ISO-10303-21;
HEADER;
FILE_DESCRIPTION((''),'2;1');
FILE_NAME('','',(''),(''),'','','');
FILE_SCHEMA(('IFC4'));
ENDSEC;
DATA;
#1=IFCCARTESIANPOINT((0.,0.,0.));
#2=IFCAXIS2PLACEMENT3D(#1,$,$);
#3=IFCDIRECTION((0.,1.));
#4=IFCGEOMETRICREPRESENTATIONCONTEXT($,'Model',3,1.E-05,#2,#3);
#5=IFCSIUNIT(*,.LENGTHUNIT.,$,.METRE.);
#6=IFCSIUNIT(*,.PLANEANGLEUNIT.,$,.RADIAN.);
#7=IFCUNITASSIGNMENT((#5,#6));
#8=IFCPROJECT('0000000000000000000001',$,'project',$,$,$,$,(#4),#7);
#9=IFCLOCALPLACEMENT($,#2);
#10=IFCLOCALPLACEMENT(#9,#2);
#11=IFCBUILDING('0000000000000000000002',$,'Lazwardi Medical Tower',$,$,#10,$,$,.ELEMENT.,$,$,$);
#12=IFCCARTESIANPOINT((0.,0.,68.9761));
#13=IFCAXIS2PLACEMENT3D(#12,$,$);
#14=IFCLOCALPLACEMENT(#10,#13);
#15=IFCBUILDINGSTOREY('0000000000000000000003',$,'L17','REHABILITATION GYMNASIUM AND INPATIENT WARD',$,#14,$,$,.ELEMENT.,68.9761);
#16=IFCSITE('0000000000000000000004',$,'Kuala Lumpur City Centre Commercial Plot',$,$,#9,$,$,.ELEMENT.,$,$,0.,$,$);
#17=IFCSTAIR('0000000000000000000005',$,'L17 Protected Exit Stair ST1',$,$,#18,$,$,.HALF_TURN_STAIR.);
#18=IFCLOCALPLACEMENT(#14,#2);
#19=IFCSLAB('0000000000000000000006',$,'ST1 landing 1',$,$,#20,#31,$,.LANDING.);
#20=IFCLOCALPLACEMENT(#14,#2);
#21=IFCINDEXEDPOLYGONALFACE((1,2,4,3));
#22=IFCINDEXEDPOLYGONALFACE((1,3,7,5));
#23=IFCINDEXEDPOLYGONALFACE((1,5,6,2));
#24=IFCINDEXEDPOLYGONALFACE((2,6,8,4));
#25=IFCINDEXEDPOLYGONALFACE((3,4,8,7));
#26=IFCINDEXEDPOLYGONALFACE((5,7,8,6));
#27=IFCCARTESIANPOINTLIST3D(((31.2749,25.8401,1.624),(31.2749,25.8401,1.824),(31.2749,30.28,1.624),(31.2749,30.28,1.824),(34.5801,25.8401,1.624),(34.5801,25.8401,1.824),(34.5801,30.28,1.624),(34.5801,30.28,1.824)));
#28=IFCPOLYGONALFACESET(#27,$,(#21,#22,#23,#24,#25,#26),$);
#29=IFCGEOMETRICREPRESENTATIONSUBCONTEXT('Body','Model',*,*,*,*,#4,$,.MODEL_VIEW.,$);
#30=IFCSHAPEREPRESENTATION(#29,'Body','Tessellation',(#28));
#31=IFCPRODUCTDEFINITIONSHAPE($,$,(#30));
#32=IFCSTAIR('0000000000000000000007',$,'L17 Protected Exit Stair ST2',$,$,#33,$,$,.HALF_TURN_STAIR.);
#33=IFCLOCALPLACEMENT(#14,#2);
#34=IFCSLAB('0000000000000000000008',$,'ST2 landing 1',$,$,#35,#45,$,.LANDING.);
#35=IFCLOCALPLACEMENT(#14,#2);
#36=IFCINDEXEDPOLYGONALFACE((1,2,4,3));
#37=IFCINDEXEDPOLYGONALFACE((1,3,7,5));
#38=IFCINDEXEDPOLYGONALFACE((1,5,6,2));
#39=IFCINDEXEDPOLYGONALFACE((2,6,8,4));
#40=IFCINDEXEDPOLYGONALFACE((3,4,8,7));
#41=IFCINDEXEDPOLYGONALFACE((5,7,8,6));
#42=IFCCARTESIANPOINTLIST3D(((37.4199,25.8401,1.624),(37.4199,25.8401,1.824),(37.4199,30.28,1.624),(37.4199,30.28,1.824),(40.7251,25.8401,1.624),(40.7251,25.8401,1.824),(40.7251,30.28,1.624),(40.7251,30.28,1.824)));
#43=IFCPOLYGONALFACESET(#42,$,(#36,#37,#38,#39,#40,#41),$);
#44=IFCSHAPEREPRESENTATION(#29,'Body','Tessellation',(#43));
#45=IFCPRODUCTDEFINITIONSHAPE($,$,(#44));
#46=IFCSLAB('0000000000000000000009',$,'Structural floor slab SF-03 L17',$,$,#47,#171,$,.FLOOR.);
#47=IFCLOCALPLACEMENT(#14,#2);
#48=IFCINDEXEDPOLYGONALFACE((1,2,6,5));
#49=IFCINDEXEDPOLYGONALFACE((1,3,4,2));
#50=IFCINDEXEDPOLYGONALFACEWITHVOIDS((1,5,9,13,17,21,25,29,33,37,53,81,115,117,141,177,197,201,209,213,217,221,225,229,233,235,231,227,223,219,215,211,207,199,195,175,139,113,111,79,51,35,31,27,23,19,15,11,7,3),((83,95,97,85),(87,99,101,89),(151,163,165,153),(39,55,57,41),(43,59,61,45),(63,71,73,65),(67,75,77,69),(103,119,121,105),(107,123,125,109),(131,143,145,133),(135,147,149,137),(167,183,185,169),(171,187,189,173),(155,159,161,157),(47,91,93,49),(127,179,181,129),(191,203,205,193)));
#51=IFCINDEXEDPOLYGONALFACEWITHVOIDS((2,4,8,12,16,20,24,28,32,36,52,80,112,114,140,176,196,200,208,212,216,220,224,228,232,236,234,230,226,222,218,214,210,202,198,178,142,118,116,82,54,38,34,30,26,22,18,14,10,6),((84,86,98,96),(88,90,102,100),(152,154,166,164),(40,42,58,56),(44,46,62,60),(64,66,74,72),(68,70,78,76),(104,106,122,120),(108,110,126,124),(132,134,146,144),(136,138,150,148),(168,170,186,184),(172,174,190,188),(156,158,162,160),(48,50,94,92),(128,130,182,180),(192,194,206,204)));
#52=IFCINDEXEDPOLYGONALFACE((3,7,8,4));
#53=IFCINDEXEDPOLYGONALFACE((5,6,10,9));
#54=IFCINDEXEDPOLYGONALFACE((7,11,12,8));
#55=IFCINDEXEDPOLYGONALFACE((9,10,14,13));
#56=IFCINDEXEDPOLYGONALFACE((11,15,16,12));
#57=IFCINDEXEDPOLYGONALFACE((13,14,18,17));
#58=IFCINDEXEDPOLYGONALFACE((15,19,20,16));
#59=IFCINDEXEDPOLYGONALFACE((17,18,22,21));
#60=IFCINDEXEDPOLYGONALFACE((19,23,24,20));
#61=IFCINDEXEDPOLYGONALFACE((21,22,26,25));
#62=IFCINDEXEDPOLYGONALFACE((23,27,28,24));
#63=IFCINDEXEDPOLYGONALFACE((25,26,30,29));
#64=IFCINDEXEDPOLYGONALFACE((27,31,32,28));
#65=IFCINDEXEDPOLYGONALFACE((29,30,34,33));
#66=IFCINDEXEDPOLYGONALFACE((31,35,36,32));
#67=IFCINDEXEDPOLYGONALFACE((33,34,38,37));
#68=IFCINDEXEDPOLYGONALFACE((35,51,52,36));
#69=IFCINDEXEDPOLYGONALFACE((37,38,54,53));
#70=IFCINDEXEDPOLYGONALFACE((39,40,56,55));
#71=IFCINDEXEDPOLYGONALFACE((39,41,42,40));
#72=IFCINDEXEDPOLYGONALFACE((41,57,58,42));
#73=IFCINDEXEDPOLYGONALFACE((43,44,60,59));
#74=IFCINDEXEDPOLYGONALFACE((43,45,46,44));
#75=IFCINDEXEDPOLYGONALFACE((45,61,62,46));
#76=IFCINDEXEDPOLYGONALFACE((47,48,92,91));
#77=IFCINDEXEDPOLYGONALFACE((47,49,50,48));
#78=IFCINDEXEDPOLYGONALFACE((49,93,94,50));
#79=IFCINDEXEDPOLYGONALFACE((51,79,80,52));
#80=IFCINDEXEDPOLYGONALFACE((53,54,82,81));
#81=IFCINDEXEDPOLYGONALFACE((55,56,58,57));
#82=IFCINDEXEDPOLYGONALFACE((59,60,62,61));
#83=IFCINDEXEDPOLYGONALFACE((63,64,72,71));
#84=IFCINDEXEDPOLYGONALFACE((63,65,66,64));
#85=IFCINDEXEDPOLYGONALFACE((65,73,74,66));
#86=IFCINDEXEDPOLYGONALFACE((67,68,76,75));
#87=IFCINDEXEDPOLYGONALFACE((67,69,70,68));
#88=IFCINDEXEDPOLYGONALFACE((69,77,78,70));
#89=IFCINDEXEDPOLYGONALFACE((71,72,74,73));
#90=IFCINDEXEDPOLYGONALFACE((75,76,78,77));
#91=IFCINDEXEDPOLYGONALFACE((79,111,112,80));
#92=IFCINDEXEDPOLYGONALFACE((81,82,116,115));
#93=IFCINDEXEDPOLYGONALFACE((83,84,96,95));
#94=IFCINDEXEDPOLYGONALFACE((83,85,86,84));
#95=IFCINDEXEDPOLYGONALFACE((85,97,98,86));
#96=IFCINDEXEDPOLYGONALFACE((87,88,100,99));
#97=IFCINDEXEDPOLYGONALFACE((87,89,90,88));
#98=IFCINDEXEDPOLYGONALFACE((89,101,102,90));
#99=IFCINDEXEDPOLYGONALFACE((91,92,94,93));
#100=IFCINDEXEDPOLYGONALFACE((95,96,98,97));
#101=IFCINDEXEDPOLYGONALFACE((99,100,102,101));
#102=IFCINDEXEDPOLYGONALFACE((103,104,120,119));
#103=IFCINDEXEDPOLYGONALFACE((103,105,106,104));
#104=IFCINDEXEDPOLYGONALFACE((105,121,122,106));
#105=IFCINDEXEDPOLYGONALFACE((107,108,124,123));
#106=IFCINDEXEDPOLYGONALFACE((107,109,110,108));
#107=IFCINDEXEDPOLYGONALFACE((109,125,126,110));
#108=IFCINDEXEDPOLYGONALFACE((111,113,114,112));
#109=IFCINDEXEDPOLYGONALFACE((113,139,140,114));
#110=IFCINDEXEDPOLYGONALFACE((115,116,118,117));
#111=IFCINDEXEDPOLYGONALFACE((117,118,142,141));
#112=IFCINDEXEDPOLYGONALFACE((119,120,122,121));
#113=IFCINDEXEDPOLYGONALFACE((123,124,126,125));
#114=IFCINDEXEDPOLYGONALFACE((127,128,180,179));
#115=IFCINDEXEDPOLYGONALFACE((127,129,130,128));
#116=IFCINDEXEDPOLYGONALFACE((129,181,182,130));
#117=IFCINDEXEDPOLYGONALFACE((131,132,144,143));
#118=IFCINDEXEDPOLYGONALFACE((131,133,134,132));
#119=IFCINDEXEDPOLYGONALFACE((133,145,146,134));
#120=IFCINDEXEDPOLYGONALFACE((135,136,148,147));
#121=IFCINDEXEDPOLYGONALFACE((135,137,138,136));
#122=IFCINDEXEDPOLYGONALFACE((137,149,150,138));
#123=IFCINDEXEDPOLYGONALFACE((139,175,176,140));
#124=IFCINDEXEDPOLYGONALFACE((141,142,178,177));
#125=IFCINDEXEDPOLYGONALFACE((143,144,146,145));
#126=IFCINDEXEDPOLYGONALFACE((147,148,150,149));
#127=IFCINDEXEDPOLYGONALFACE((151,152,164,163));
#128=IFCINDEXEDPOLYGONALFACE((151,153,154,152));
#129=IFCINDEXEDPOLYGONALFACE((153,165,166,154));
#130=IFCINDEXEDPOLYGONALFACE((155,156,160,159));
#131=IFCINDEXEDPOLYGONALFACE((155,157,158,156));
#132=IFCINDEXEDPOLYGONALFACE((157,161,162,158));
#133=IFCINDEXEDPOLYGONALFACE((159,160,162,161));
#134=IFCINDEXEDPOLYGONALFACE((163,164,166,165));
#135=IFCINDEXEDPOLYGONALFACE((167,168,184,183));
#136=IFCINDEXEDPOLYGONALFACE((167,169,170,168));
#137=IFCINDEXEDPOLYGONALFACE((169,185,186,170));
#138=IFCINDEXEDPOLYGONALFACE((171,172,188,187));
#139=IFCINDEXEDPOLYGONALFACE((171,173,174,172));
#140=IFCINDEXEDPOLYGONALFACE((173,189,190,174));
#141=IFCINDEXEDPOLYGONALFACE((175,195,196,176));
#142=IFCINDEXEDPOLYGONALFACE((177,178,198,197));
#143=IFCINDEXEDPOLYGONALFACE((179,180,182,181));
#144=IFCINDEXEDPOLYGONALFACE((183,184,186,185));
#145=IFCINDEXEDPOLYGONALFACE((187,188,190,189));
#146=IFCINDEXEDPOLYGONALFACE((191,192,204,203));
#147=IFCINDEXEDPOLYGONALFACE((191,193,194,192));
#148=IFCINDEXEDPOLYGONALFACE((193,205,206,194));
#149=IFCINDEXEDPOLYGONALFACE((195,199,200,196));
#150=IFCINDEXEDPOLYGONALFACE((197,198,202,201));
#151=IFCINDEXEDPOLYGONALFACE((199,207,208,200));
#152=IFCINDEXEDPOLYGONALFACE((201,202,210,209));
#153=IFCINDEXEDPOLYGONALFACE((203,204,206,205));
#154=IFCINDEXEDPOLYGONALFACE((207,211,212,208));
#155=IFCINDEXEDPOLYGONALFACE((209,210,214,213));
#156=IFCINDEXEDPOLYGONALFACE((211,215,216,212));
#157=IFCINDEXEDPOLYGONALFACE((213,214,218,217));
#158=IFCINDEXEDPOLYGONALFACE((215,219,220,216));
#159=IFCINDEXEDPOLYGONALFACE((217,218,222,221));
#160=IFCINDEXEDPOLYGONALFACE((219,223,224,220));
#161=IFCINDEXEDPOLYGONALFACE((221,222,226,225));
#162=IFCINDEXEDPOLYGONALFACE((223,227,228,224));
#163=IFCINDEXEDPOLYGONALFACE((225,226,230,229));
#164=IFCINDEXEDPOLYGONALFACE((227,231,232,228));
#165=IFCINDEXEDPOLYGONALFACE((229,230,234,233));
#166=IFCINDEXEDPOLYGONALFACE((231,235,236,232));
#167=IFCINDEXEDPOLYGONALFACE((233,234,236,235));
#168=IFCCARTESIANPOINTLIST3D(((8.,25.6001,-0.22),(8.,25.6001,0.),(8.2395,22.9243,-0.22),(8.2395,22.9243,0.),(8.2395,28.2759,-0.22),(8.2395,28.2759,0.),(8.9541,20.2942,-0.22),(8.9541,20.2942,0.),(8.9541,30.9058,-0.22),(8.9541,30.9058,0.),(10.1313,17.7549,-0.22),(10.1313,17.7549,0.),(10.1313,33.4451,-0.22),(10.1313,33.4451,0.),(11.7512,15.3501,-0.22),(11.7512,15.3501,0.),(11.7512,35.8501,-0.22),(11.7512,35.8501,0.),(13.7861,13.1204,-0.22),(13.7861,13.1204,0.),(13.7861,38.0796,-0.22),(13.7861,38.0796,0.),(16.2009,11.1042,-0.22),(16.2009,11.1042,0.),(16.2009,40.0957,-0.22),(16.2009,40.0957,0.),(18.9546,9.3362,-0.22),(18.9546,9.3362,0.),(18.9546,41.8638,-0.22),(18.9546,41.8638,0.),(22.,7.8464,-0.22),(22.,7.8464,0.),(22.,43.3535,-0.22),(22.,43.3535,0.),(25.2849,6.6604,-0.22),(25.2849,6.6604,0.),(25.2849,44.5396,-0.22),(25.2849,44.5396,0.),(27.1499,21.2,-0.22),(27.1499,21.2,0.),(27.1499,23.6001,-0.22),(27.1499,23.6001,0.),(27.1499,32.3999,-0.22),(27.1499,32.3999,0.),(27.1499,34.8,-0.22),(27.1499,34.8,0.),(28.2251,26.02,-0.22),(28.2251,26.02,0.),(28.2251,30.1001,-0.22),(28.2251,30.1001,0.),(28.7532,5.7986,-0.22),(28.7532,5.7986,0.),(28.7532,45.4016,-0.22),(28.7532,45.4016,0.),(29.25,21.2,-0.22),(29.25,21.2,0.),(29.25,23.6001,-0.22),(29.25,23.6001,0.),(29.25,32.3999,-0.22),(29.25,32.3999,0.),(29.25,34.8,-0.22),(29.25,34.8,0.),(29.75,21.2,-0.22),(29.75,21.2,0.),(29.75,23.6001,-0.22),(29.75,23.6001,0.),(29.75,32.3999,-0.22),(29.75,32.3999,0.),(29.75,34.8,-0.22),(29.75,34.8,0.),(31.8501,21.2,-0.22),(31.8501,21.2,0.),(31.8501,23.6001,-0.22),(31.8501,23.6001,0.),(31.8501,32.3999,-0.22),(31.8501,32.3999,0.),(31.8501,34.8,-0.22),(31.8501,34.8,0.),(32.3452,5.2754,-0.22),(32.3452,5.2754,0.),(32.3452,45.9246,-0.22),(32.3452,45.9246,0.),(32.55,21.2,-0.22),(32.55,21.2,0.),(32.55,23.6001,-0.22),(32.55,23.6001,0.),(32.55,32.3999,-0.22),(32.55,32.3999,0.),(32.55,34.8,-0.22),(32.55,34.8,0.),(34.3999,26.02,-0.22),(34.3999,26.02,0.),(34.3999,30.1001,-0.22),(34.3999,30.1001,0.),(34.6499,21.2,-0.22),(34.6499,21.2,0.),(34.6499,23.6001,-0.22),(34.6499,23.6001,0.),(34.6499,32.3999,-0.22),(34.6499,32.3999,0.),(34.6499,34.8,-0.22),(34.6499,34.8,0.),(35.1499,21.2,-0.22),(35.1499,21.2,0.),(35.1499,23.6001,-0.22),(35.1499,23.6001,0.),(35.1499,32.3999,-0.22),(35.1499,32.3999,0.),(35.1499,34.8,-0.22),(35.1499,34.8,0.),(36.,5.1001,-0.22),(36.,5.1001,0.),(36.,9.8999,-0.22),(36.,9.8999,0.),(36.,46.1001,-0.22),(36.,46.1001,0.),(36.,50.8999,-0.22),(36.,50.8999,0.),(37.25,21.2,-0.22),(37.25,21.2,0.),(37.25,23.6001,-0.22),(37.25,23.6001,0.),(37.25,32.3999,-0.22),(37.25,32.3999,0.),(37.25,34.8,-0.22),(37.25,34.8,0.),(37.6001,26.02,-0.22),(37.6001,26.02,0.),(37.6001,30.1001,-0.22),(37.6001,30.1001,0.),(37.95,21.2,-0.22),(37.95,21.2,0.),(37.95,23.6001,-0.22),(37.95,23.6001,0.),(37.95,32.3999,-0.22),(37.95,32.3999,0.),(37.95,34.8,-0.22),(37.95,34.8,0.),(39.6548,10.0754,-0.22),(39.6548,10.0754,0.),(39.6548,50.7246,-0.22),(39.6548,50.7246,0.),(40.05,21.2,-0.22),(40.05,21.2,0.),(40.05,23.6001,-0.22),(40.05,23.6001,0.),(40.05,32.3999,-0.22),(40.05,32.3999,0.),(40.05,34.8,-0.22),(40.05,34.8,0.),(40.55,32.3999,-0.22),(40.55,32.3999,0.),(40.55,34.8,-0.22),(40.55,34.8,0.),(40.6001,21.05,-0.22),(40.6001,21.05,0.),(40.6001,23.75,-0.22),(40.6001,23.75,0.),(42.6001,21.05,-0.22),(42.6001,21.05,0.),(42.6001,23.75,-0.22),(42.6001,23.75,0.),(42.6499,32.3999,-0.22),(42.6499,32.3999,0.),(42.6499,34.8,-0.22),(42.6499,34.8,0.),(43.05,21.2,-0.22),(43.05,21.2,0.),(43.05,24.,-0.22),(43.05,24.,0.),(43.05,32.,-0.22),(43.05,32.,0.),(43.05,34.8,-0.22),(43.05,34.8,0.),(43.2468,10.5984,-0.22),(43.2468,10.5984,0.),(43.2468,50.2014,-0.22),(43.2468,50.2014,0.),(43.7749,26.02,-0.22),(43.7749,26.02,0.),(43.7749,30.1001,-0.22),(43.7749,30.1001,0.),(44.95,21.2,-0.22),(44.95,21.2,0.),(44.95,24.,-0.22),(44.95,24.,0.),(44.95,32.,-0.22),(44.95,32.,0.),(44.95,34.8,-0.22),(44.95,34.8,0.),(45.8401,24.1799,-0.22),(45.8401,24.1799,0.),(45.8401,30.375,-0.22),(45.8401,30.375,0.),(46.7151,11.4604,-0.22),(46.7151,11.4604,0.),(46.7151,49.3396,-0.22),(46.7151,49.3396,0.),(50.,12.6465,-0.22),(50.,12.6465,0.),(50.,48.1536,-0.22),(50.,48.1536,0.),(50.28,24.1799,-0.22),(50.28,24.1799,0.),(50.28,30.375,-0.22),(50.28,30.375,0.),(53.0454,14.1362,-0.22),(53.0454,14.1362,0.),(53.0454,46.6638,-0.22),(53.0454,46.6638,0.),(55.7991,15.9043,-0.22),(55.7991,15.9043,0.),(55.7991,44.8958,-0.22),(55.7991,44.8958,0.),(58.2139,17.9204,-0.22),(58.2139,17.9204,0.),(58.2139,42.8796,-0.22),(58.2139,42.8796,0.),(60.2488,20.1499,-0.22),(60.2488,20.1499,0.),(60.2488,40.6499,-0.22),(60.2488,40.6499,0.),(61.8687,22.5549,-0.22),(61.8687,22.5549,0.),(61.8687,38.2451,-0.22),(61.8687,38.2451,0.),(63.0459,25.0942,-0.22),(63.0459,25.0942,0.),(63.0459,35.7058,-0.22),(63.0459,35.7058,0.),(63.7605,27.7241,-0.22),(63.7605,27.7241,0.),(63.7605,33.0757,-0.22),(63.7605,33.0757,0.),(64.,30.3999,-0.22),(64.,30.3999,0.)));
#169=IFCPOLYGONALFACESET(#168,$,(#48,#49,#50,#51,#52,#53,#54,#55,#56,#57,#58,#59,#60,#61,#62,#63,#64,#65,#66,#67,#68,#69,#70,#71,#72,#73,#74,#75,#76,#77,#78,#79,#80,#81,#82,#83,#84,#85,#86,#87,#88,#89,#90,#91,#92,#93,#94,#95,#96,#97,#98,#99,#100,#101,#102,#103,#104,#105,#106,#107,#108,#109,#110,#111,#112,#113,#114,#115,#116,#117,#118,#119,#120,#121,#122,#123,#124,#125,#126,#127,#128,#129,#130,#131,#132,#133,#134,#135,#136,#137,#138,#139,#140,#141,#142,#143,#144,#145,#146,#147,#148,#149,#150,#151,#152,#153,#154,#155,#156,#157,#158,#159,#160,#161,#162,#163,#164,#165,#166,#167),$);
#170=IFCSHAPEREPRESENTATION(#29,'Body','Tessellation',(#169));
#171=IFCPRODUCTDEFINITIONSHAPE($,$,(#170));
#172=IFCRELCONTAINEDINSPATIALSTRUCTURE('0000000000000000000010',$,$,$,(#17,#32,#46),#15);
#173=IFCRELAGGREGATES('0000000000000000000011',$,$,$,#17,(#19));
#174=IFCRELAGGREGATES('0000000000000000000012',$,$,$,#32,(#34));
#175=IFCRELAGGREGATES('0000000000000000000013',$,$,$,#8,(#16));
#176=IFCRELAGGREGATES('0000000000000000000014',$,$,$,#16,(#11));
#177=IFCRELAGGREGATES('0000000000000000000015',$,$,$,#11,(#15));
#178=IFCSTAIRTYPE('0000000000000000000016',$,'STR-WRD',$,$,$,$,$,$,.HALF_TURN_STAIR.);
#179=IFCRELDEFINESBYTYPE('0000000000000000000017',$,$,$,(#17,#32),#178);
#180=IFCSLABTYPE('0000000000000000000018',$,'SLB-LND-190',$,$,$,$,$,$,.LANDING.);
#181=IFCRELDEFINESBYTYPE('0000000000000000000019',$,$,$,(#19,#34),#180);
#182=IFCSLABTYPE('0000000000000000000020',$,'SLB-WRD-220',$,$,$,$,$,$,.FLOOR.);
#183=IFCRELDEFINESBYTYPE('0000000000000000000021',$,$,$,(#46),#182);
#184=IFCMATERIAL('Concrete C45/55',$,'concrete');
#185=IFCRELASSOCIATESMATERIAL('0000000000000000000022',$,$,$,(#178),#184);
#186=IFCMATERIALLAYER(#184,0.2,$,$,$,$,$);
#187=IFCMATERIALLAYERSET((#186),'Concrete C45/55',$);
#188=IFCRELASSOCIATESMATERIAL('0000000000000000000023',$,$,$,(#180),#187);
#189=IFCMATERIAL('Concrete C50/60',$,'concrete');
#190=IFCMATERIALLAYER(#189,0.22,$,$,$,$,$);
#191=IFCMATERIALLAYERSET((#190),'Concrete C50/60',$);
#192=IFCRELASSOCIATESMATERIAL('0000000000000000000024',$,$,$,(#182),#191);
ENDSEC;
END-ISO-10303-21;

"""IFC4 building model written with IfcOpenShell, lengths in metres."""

from ifc_helpers import new_model, si_unit, direction, frame, origin, place, context, subcontext, project, spatial, polyline, outline, extrude, material, layer, layer_set, type_object, element, aggregate, save


model = new_model("IFC4")

# Units and contexts
model_context = context("Model", 3, precision=1e-05, world=origin(), true_north=direction((0.0, 1.0)))
body_context = subcontext(model_context, "Body", "Model", "MODEL_VIEW")
ifc_project = project(units=[si_unit("LENGTHUNIT", "METRE"), si_unit("PLANEANGLEUNIT", "RADIAN")], contexts=[model_context])

# Site, building, storey
site_placement = place(None, origin())
site = spatial("IfcSite", under=ifc_project, at=site_placement, Name="Kuala Lumpur City Centre Commercial Plot", CompositionType="ELEMENT", RefElevation=0.0)
building_placement = place(site_placement, origin())
building = spatial("IfcBuilding", under=site, at=building_placement, Name="Lazwardi Medical Tower", CompositionType="ELEMENT")
storey_placement = place(building_placement, frame((0.0, 0.0, 68.9761)))
storey = spatial("IfcBuildingStorey", under=building, at=storey_placement, Name="L17", Description="REHABILITATION GYMNASIUM AND INPATIENT WARD", CompositionType="ELEMENT", Elevation=68.9761)

# Stairs, slabs
ifc_material_1 = material(Name="Concrete C45/55", Category="concrete")
stair_type = type_object("IfcStairType", Name="STR-WRD", PredefinedType="HALF_TURN_STAIR", material=ifc_material_1)
stair_1_placement = place(storey_placement, origin())
stair_1 = element("IfcStair", 1, at=stair_1_placement, inside=storey, type_object=stair_type, Name="L17 Protected Exit Stair ST1", PredefinedType="HALF_TURN_STAIR")
ifc_layer_1 = layer(ifc_material_1, 0.2)
ifc_layer_set_1 = layer_set([ifc_layer_1], Name="Concrete C45/55")
slab_type_1 = type_object("IfcSlabType", Name="SLB-LND-190", PredefinedType="LANDING", material=ifc_layer_set_1)
slab_1_placement = place(storey_placement, frame((0.0, 0.0, 1.624)))
slab_1 = element("IfcSlab", 2, at=slab_1_placement, type_object=slab_type_1, Name="ST1 landing 1", PredefinedType="LANDING", context=body_context, shape_type="SweptSolid", body=[
    extrude(outline(polyline([(31.2749, 25.8401), (34.5801, 25.8401), (34.5801, 30.28), (31.2749, 30.28), (31.2749, 25.8401)])), origin(), (0.0, 0.0, 1.0), 0.2),
])
aggregate(stair_1, [slab_1])
stair_2_placement = place(storey_placement, origin())
stair_2 = element("IfcStair", 3, at=stair_2_placement, inside=storey, type_object=stair_type, Name="L17 Protected Exit Stair ST2", PredefinedType="HALF_TURN_STAIR")
slab_2_placement = place(storey_placement, frame((0.0, 0.0, 1.624)))
slab_2 = element("IfcSlab", 4, at=slab_2_placement, type_object=slab_type_1, Name="ST2 landing 1", PredefinedType="LANDING", context=body_context, shape_type="SweptSolid", body=[
    extrude(outline(polyline([(40.7251, 30.28), (37.4199, 30.28), (37.4199, 25.8401), (40.7251, 25.8401), (40.7251, 30.28)])), origin(), (0.0, 0.0, 1.0), 0.2),
])
aggregate(stair_2, [slab_2])

# Slab
ifc_material_2 = material(Name="Concrete C50/60", Category="concrete")
ifc_layer_2 = layer(ifc_material_2, 0.22)
ifc_layer_set_2 = layer_set([ifc_layer_2], Name="Concrete C50/60")
slab_type_2 = type_object("IfcSlabType", Name="SLB-WRD-220", PredefinedType="FLOOR", material=ifc_layer_set_2)
slab_3_placement = place(storey_placement, frame((0.0, 0.0, -0.22)))
element("IfcSlab", 5, at=slab_3_placement, inside=storey, type_object=slab_type_2, Name="Structural floor slab SF-03 L17", PredefinedType="FLOOR", context=body_context, shape_type="SweptSolid", body=[
    extrude(outline(polyline([(10.1313, 33.4451), (8.9541, 30.9058), (8.2395, 28.2759), (8.0, 25.6001), (8.2395, 22.9243), (8.9541, 20.2942), (10.1313, 17.7549), (11.7512, 15.3501), (13.7861, 13.1204), (16.2009, 11.1042), (18.9546, 9.3362), (22.0, 7.8464), (25.2849, 6.6604), (28.7532, 5.7986), (32.3452, 5.2754), (36.0, 5.1001), (36.0, 9.8999), (39.6548, 10.0754), (43.2468, 10.5984), (46.7151, 11.4604), (50.0, 12.6465), (53.0454, 14.1362), (55.7991, 15.9043), (58.2139, 17.9204), (60.2488, 20.1499), (61.8687, 22.5549), (63.0459, 25.0942), (63.7605, 27.7241), (64.0, 30.3999), (63.7605, 33.0757), (63.0459, 35.7058), (61.8687, 38.2451), (60.2488, 40.6499), (58.2139, 42.8796), (55.7991, 44.8958), (53.0454, 46.6638), (50.0, 48.1536), (46.7151, 49.3396), (43.2468, 50.2014), (39.6548, 50.7246), (36.0, 50.8999), (36.0, 46.1001), (32.3452, 45.9246), (28.7532, 45.4016), (25.2849, 44.5396), (22.0, 43.3535), (18.9546, 41.8638), (16.2009, 40.0957), (13.7861, 38.0796), (11.7512, 35.8501), (10.1313, 33.4451)]), holes=[polyline([(28.2251, 26.02), (28.2251, 30.1001), (34.3999, 30.1001), (34.3999, 26.02), (28.2251, 26.02)]), polyline([(37.6001, 30.1001), (43.7749, 30.1001), (43.7749, 26.02), (37.6001, 26.02), (37.6001, 30.1001)]), polyline([(50.28, 30.375), (50.28, 24.1799), (45.8401, 24.1799), (45.8401, 30.375), (50.28, 30.375)]), polyline([(29.25, 32.3999), (27.1499, 32.3999), (27.1499, 34.8), (29.25, 34.8), (29.25, 32.3999)]), polyline([(29.75, 32.3999), (29.75, 34.8), (31.8501, 34.8), (31.8501, 32.3999), (29.75, 32.3999)]), polyline([(27.1499, 23.6001), (29.25, 23.6001), (29.25, 21.2), (27.1499, 21.2), (27.1499, 23.6001)]), polyline([(31.8501, 23.6001), (31.8501, 21.2), (29.75, 21.2), (29.75, 23.6001), (31.8501, 23.6001)]), polyline([(34.6499, 32.3999), (32.55, 32.3999), (32.55, 34.8), (34.6499, 34.8), (34.6499, 32.3999)]), polyline([(35.1499, 32.3999), (35.1499, 34.8), (37.25, 34.8), (37.25, 32.3999), (35.1499, 32.3999)]), polyline([(32.55, 23.6001), (34.6499, 23.6001), (34.6499, 21.2), (32.55, 21.2), (32.55, 23.6001)]), polyline([(37.25, 23.6001), (37.25, 21.2), (35.1499, 21.2), (35.1499, 23.6001), (37.25, 23.6001)]), polyline([(40.05, 32.3999), (37.95, 32.3999), (37.95, 34.8), (40.05, 34.8), (40.05, 32.3999)]), polyline([(40.55, 32.3999), (40.55, 34.8), (42.6499, 34.8), (42.6499, 32.3999), (40.55, 32.3999)]), polyline([(37.95, 23.6001), (40.05, 23.6001), (40.05, 21.2), (37.95, 21.2), (37.95, 23.6001)]), polyline([(44.95, 34.8), (44.95, 32.0), (43.05, 32.0), (43.05, 34.8), (44.95, 34.8)]), polyline([(44.95, 21.2), (43.05, 21.2), (43.05, 24.0), (44.95, 24.0), (44.95, 21.2)]), polyline([(40.6001, 21.05), (40.6001, 23.75), (42.6001, 23.75), (42.6001, 21.05), (40.6001, 21.05)])]), origin(), (0.0, 0.0, 1.0), 0.22),
])

save(model, "model.ifc")
